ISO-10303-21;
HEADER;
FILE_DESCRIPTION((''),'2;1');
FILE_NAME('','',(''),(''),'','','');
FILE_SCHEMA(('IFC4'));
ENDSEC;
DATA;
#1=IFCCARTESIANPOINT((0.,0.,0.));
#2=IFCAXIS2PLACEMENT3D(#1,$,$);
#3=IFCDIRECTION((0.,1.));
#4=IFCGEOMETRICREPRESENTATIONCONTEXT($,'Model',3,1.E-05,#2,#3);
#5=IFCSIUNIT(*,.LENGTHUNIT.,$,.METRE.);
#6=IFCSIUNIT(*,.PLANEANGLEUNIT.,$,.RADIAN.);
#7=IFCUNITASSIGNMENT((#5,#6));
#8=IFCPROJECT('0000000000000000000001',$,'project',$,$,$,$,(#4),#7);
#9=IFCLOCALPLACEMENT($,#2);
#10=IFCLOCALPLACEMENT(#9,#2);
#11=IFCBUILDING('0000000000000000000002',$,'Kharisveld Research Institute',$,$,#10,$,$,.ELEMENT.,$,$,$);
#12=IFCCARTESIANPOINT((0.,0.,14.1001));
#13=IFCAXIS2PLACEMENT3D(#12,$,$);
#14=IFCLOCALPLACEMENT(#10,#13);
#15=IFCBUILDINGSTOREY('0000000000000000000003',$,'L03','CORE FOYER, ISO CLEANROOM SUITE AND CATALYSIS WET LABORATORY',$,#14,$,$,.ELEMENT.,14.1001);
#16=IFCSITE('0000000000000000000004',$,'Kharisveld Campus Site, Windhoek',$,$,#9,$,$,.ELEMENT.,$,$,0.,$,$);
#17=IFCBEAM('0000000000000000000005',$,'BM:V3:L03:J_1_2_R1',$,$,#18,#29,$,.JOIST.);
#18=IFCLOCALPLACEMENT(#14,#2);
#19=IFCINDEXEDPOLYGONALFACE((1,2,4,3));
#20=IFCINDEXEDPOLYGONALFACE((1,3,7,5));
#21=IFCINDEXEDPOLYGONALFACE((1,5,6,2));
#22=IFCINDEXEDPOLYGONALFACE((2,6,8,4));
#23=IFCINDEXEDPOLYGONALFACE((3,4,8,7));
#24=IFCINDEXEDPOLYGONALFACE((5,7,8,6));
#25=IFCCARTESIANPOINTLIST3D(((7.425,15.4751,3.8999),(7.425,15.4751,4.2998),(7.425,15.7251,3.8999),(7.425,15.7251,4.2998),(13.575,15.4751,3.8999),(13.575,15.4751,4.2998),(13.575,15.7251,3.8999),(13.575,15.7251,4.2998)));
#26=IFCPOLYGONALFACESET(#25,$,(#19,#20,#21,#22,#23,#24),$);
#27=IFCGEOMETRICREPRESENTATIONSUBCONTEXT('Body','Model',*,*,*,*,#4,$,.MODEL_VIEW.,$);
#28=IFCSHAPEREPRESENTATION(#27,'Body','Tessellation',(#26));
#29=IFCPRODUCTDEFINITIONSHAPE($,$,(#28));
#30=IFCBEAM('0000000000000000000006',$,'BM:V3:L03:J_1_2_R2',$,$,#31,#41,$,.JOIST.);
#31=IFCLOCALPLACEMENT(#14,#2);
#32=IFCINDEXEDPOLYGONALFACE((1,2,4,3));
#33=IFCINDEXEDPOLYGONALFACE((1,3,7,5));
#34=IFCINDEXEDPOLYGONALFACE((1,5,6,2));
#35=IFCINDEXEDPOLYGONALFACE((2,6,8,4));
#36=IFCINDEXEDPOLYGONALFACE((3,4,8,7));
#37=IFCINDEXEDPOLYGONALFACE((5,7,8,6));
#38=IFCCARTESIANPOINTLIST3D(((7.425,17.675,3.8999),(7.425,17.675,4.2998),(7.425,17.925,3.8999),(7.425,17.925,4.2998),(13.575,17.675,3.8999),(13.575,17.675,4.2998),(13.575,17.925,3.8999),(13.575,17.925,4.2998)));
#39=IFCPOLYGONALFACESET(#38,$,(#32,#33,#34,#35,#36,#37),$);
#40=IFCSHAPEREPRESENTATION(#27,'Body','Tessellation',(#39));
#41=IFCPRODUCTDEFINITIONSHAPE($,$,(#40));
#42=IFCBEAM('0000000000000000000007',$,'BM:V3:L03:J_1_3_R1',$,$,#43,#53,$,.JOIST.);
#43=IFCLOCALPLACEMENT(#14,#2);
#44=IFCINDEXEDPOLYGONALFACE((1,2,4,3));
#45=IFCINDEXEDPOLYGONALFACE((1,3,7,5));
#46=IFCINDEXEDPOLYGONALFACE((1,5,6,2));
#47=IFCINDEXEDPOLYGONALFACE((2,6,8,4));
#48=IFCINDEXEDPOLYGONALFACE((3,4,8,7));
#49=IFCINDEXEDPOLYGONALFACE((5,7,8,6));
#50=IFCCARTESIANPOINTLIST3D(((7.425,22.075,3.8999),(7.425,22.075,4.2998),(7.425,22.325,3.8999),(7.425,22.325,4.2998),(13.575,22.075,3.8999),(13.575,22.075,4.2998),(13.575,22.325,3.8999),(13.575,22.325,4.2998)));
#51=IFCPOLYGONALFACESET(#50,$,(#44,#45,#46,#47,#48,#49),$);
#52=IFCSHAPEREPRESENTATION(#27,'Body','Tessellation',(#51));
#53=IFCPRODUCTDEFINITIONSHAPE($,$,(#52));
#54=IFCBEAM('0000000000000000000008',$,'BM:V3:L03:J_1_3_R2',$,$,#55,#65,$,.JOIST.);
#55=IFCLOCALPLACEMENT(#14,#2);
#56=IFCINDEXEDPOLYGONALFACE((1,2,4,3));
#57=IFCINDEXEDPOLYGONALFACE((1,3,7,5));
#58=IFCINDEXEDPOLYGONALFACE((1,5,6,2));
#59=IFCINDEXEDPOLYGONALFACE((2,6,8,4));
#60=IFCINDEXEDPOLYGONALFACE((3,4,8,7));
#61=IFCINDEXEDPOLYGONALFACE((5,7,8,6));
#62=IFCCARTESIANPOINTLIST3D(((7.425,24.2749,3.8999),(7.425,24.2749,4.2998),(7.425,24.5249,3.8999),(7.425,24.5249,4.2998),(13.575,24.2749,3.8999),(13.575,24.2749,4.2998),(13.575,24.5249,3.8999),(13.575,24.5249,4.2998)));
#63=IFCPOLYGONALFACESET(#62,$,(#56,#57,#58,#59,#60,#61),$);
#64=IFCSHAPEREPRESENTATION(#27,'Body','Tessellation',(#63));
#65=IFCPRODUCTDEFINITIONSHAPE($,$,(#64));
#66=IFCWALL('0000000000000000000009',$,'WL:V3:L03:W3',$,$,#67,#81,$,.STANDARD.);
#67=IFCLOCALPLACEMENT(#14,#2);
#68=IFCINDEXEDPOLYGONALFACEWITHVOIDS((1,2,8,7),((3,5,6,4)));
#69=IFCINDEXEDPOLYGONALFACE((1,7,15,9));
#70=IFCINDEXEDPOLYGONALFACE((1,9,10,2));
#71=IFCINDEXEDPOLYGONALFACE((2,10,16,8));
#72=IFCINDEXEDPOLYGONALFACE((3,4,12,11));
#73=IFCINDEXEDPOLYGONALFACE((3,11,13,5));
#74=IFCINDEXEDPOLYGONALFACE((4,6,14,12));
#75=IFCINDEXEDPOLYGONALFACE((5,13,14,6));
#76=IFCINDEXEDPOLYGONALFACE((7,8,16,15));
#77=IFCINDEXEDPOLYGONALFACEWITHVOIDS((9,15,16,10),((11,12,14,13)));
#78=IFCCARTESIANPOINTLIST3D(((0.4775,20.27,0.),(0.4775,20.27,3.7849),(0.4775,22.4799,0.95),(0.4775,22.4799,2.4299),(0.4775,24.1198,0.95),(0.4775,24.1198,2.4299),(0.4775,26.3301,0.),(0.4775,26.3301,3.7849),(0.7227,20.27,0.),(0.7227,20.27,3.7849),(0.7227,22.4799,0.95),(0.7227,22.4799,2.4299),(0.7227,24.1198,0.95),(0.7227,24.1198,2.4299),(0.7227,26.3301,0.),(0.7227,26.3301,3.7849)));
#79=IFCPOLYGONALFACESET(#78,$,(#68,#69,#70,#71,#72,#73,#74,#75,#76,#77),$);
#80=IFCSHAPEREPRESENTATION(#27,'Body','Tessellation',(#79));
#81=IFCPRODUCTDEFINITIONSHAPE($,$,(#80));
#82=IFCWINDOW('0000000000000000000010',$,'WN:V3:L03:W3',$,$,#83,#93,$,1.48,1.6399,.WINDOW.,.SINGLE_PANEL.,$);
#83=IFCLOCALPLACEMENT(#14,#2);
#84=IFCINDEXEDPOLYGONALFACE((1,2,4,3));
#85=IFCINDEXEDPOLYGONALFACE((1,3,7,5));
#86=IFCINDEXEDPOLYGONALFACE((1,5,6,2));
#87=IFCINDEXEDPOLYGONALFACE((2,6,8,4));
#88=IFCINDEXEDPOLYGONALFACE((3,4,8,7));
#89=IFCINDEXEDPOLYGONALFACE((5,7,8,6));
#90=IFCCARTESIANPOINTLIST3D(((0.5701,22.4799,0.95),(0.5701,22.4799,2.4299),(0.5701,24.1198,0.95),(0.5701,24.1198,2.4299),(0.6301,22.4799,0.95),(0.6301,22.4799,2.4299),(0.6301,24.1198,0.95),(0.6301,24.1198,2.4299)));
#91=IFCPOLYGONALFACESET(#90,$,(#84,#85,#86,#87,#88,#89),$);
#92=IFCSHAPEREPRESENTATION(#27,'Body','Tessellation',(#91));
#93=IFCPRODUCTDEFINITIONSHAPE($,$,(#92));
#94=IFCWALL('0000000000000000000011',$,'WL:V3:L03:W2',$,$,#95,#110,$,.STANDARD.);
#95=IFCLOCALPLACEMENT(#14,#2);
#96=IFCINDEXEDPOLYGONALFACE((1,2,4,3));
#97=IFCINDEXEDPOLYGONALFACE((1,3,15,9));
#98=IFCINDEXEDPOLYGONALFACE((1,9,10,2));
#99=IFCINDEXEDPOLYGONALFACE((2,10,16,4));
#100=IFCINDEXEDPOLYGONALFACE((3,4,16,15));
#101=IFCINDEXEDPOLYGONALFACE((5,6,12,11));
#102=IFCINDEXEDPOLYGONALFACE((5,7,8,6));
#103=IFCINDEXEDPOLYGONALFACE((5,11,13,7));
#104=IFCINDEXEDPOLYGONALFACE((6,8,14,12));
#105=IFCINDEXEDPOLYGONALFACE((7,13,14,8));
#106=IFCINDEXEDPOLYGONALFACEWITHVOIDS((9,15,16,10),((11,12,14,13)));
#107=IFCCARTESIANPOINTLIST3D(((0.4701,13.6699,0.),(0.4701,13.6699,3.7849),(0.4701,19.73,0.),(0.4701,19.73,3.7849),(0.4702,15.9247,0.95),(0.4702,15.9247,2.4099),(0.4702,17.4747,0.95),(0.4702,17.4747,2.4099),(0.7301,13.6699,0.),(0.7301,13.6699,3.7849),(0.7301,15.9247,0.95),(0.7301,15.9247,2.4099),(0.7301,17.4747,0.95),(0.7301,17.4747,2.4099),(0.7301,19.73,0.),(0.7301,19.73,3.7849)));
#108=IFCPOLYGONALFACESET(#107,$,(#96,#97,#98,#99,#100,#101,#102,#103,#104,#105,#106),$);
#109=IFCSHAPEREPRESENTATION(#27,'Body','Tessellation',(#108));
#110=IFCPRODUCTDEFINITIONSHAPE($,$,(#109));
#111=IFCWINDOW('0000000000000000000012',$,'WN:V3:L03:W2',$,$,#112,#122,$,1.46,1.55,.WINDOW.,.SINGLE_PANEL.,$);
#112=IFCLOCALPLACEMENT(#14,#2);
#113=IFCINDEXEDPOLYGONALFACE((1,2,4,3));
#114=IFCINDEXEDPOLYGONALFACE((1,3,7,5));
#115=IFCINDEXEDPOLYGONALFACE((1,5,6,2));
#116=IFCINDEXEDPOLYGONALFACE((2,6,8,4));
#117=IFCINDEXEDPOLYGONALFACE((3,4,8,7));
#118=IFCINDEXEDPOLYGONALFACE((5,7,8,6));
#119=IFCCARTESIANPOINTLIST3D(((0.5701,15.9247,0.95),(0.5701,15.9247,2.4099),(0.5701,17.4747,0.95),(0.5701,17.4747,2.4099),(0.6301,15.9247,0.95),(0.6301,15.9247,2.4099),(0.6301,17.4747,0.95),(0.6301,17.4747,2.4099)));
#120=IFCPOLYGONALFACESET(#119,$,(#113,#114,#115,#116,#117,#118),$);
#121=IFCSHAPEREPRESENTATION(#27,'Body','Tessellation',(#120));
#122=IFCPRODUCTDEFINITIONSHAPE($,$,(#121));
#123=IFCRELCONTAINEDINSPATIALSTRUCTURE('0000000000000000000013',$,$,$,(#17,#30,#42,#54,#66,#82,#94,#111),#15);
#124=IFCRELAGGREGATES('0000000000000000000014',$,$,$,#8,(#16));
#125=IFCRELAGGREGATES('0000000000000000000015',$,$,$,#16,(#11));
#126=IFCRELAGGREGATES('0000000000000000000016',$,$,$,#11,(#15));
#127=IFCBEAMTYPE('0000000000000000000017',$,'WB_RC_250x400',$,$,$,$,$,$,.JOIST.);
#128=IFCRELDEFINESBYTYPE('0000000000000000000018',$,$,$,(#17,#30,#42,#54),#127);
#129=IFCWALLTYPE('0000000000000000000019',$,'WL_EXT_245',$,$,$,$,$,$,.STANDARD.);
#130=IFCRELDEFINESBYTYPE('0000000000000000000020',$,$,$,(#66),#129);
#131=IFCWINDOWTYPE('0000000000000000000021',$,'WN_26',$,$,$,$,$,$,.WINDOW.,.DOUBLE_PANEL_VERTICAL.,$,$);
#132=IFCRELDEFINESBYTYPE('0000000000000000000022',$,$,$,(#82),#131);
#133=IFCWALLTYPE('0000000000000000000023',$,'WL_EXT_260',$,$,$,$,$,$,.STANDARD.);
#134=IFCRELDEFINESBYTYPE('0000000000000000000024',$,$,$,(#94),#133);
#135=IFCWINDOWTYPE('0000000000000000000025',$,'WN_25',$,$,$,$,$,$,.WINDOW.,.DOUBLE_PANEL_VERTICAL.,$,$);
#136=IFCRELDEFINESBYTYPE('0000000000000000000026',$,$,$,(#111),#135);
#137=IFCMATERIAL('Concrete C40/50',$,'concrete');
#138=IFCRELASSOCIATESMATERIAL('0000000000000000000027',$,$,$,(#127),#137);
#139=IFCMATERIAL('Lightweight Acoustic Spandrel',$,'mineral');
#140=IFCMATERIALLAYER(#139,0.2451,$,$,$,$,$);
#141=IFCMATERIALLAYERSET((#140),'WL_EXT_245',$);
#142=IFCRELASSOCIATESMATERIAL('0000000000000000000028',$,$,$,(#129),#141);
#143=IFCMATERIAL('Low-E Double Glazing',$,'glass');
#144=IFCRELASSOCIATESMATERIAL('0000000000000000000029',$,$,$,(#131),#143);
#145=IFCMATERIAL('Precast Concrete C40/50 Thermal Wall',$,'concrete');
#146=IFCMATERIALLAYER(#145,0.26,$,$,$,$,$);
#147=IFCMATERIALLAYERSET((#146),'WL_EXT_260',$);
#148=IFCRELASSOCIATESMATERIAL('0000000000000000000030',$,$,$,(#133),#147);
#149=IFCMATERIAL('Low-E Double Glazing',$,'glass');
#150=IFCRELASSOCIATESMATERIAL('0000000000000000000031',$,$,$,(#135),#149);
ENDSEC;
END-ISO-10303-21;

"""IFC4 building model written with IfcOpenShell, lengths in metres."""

from ifc_helpers import new_model, si_unit, direction, frame, frame_2d, origin, origin_2d, place, context, subcontext, project, spatial, rectangle, extrude, material, layer, layer_set, material_profile, profile_set, type_object, element, fill, save


model = new_model("IFC4")

# Units and contexts
model_context = context("Model", 3, precision=1e-05, world=origin(), true_north=direction((0.0, 1.0)))
body_context = subcontext(model_context, "Body", "Model", "MODEL_VIEW")
ifc_project = project(units=[si_unit("LENGTHUNIT", "METRE"), si_unit("PLANEANGLEUNIT", "RADIAN")], contexts=[model_context])

# Site, building, storey
site_placement = place(None, origin())
site = spatial("IfcSite", under=ifc_project, at=site_placement, Name="Kharisveld Campus Site, Windhoek", CompositionType="ELEMENT", RefElevation=0.0)
building_placement = place(site_placement, origin())
building = spatial("IfcBuilding", under=site, at=building_placement, Name="Kharisveld Research Institute", CompositionType="ELEMENT")
storey_placement = place(building_placement, frame((0.0, 0.0, 14.1001)))
storey = spatial("IfcBuildingStorey", under=building, at=storey_placement, Name="L03", Description="CORE FOYER, ISO CLEANROOM SUITE AND CATALYSIS WET LABORATORY", CompositionType="ELEMENT", Elevation=14.1001)

# Beams
ifc_material_1 = material(Name="Concrete C40/50", Category="concrete")
ifc_material_profile_1 = material_profile(ifc_material_1, rectangle(XDim=0.25, YDim=0.3999, at=origin_2d()))
ifc_profile_set_1 = profile_set([ifc_material_profile_1], Name="Concrete C40/50")
beam_type_1 = type_object("IfcBeamType", Name="WB_RC_250x400", PredefinedType="JOIST", material=ifc_profile_set_1)
for number, where, z_axis, x_axis, name in (
    (1, (7.425, 15.6001, 4.0999), (1.0, 0.0, 0.0), (0.0, 1.0, 0.0), "BM:V3:L03:J_1_2_R1"),
    (2, (7.425, 17.8, 4.0999), (1.0, 0.0, 0.0), (0.0, 1.0, 0.0), "BM:V3:L03:J_1_2_R2"),
    (3, (7.425, 22.2, 4.0999), (1.0, 0.0, 0.0), (0.0, 1.0, 0.0), "BM:V3:L03:J_1_3_R1"),
    (4, (7.425, 24.3999, 4.0999), (1.0, 0.0, 0.0), (0.0, 1.0, 0.0), "BM:V3:L03:J_1_3_R2"),
):
    element("IfcBeam", number, at=place(storey_placement, frame(where, z_axis=z_axis, x_axis=x_axis)), inside=storey, type_object=beam_type_1, Name=name, PredefinedType="JOIST", context=body_context, shape_type="SweptSolid", body=[
        extrude(rectangle(XDim=0.25, YDim=0.3999, at=origin_2d()), origin(), (0.0, 0.0, 1.0), 6.1499),
    ])

# Walls, openings, windows
ifc_material_2 = material(Name="Lightweight Acoustic Spandrel", Category="mineral")
ifc_layer_1 = layer(ifc_material_2, 0.2451)
ifc_layer_set_1 = layer_set([ifc_layer_1], Name="WL_EXT_245")
wall_type_1 = type_object("IfcWallType", Name="WL_EXT_245", PredefinedType="STANDARD", material=ifc_layer_set_1)
wall_1_placement = place(storey_placement, frame((0.6001, 20.27, 0.0), z_axis=(0.0, 0.0, 1.0), x_axis=(0.0, 1.0, 0.0)))
wall_1 = element("IfcWall", 5, at=wall_1_placement, inside=storey, type_object=wall_type_1, Name="WL:V3:L03:W3", PredefinedType="STANDARD", context=body_context, shape_type="SweptSolid", body=[
    extrude(rectangle(XDim=6.0601, YDim=0.2451, at=frame_2d((3.03, 0.0))), origin(), (0.0, 0.0, 1.0), 3.7849),
])
opening_1_placement = place(wall_1_placement, frame((2.21, 0.0, 0.95)))
opening_1 = element("IfcOpeningElement", 6, at=opening_1_placement, cuts=wall_1, PredefinedType="OPENING", context=body_context, shape_type="SweptSolid", body=[
    extrude(rectangle(XDim=1.6399, YDim=1.48, at=frame_2d((0.8198, 0.74))), frame((0.0, 0.1226, 0.0), z_axis=(0.0, -1.0, 0.0), x_axis=(1.0, 0.0, 0.0)), (0.0, 0.0, 1.0), 0.2451),
])
ifc_material_3 = material(Name="Low-E Double Glazing", Category="glass")
window_type_1 = type_object("IfcWindowType", Name="WN_26", PartitioningType="DOUBLE_PANEL_VERTICAL", PredefinedType="WINDOW", material=ifc_material_3)
window_1_placement = place(opening_1_placement, origin())
window_1 = element("IfcWindow", 7, at=window_1_placement, inside=storey, type_object=window_type_1, Name="WN:V3:L03:W3", OverallHeight=1.48, OverallWidth=1.6399, PartitioningType="SINGLE_PANEL", PredefinedType="WINDOW", context=body_context, shape_type="SweptSolid", body=[
    extrude(rectangle(XDim=1.6399, YDim=1.48, at=frame_2d((0.8198, 0.74))), frame((0.0, 0.03, 0.0), z_axis=(0.0, -1.0, 0.0), x_axis=(1.0, 0.0, 0.0)), (0.0, 0.0, 1.0), 0.0601),
])
fill(opening_1, window_1)
ifc_material_4 = material(Name="Precast Concrete C40/50 Thermal Wall", Category="concrete")
ifc_layer_2 = layer(ifc_material_4, 0.26)
ifc_layer_set_2 = layer_set([ifc_layer_2], Name="WL_EXT_260")
wall_type_2 = type_object("IfcWallType", Name="WL_EXT_260", PredefinedType="STANDARD", material=ifc_layer_set_2)
wall_2_placement = place(storey_placement, frame((0.6001, 13.6699, 0.0), z_axis=(0.0, 0.0, 1.0), x_axis=(0.0, 1.0, 0.0)))
wall_2 = element("IfcWall", 8, at=wall_2_placement, inside=storey, type_object=wall_type_2, Name="WL:V3:L03:W2", PredefinedType="STANDARD", context=body_context, shape_type="SweptSolid", body=[
    extrude(rectangle(XDim=6.0601, YDim=0.26, at=frame_2d((3.03, 0.0))), origin(), (0.0, 0.0, 1.0), 3.7849),
])
opening_2_placement = place(wall_2_placement, frame((2.2549, 0.0, 0.95)))
opening_2 = element("IfcOpeningElement", 9, at=opening_2_placement, cuts=wall_2, PredefinedType="OPENING", context=body_context, shape_type="SweptSolid", body=[
    extrude(rectangle(XDim=1.55, YDim=1.46, at=frame_2d((0.7749, 0.73))), frame((0.0, 0.1299, 0.0), z_axis=(0.0, -1.0, 0.0), x_axis=(1.0, 0.0, 0.0)), (0.0, 0.0, 1.0), 0.26),
])
ifc_material_5 = material(Name="Low-E Double Glazing", Category="glass")
window_type_2 = type_object("IfcWindowType", Name="WN_25", PartitioningType="DOUBLE_PANEL_VERTICAL", PredefinedType="WINDOW", material=ifc_material_5)
window_2_placement = place(opening_2_placement, origin())
window_2 = element("IfcWindow", 10, at=window_2_placement, inside=storey, type_object=window_type_2, Name="WN:V3:L03:W2", OverallHeight=1.46, OverallWidth=1.55, PartitioningType="SINGLE_PANEL", PredefinedType="WINDOW", context=body_context, shape_type="SweptSolid", body=[
    extrude(rectangle(XDim=1.55, YDim=1.46, at=frame_2d((0.7749, 0.73))), frame((0.0, 0.03, 0.0), z_axis=(0.0, -1.0, 0.0), x_axis=(1.0, 0.0, 0.0)), (0.0, 0.0, 1.0), 0.0601),
])
fill(opening_2, window_2)

save(model, "model.ifc")
